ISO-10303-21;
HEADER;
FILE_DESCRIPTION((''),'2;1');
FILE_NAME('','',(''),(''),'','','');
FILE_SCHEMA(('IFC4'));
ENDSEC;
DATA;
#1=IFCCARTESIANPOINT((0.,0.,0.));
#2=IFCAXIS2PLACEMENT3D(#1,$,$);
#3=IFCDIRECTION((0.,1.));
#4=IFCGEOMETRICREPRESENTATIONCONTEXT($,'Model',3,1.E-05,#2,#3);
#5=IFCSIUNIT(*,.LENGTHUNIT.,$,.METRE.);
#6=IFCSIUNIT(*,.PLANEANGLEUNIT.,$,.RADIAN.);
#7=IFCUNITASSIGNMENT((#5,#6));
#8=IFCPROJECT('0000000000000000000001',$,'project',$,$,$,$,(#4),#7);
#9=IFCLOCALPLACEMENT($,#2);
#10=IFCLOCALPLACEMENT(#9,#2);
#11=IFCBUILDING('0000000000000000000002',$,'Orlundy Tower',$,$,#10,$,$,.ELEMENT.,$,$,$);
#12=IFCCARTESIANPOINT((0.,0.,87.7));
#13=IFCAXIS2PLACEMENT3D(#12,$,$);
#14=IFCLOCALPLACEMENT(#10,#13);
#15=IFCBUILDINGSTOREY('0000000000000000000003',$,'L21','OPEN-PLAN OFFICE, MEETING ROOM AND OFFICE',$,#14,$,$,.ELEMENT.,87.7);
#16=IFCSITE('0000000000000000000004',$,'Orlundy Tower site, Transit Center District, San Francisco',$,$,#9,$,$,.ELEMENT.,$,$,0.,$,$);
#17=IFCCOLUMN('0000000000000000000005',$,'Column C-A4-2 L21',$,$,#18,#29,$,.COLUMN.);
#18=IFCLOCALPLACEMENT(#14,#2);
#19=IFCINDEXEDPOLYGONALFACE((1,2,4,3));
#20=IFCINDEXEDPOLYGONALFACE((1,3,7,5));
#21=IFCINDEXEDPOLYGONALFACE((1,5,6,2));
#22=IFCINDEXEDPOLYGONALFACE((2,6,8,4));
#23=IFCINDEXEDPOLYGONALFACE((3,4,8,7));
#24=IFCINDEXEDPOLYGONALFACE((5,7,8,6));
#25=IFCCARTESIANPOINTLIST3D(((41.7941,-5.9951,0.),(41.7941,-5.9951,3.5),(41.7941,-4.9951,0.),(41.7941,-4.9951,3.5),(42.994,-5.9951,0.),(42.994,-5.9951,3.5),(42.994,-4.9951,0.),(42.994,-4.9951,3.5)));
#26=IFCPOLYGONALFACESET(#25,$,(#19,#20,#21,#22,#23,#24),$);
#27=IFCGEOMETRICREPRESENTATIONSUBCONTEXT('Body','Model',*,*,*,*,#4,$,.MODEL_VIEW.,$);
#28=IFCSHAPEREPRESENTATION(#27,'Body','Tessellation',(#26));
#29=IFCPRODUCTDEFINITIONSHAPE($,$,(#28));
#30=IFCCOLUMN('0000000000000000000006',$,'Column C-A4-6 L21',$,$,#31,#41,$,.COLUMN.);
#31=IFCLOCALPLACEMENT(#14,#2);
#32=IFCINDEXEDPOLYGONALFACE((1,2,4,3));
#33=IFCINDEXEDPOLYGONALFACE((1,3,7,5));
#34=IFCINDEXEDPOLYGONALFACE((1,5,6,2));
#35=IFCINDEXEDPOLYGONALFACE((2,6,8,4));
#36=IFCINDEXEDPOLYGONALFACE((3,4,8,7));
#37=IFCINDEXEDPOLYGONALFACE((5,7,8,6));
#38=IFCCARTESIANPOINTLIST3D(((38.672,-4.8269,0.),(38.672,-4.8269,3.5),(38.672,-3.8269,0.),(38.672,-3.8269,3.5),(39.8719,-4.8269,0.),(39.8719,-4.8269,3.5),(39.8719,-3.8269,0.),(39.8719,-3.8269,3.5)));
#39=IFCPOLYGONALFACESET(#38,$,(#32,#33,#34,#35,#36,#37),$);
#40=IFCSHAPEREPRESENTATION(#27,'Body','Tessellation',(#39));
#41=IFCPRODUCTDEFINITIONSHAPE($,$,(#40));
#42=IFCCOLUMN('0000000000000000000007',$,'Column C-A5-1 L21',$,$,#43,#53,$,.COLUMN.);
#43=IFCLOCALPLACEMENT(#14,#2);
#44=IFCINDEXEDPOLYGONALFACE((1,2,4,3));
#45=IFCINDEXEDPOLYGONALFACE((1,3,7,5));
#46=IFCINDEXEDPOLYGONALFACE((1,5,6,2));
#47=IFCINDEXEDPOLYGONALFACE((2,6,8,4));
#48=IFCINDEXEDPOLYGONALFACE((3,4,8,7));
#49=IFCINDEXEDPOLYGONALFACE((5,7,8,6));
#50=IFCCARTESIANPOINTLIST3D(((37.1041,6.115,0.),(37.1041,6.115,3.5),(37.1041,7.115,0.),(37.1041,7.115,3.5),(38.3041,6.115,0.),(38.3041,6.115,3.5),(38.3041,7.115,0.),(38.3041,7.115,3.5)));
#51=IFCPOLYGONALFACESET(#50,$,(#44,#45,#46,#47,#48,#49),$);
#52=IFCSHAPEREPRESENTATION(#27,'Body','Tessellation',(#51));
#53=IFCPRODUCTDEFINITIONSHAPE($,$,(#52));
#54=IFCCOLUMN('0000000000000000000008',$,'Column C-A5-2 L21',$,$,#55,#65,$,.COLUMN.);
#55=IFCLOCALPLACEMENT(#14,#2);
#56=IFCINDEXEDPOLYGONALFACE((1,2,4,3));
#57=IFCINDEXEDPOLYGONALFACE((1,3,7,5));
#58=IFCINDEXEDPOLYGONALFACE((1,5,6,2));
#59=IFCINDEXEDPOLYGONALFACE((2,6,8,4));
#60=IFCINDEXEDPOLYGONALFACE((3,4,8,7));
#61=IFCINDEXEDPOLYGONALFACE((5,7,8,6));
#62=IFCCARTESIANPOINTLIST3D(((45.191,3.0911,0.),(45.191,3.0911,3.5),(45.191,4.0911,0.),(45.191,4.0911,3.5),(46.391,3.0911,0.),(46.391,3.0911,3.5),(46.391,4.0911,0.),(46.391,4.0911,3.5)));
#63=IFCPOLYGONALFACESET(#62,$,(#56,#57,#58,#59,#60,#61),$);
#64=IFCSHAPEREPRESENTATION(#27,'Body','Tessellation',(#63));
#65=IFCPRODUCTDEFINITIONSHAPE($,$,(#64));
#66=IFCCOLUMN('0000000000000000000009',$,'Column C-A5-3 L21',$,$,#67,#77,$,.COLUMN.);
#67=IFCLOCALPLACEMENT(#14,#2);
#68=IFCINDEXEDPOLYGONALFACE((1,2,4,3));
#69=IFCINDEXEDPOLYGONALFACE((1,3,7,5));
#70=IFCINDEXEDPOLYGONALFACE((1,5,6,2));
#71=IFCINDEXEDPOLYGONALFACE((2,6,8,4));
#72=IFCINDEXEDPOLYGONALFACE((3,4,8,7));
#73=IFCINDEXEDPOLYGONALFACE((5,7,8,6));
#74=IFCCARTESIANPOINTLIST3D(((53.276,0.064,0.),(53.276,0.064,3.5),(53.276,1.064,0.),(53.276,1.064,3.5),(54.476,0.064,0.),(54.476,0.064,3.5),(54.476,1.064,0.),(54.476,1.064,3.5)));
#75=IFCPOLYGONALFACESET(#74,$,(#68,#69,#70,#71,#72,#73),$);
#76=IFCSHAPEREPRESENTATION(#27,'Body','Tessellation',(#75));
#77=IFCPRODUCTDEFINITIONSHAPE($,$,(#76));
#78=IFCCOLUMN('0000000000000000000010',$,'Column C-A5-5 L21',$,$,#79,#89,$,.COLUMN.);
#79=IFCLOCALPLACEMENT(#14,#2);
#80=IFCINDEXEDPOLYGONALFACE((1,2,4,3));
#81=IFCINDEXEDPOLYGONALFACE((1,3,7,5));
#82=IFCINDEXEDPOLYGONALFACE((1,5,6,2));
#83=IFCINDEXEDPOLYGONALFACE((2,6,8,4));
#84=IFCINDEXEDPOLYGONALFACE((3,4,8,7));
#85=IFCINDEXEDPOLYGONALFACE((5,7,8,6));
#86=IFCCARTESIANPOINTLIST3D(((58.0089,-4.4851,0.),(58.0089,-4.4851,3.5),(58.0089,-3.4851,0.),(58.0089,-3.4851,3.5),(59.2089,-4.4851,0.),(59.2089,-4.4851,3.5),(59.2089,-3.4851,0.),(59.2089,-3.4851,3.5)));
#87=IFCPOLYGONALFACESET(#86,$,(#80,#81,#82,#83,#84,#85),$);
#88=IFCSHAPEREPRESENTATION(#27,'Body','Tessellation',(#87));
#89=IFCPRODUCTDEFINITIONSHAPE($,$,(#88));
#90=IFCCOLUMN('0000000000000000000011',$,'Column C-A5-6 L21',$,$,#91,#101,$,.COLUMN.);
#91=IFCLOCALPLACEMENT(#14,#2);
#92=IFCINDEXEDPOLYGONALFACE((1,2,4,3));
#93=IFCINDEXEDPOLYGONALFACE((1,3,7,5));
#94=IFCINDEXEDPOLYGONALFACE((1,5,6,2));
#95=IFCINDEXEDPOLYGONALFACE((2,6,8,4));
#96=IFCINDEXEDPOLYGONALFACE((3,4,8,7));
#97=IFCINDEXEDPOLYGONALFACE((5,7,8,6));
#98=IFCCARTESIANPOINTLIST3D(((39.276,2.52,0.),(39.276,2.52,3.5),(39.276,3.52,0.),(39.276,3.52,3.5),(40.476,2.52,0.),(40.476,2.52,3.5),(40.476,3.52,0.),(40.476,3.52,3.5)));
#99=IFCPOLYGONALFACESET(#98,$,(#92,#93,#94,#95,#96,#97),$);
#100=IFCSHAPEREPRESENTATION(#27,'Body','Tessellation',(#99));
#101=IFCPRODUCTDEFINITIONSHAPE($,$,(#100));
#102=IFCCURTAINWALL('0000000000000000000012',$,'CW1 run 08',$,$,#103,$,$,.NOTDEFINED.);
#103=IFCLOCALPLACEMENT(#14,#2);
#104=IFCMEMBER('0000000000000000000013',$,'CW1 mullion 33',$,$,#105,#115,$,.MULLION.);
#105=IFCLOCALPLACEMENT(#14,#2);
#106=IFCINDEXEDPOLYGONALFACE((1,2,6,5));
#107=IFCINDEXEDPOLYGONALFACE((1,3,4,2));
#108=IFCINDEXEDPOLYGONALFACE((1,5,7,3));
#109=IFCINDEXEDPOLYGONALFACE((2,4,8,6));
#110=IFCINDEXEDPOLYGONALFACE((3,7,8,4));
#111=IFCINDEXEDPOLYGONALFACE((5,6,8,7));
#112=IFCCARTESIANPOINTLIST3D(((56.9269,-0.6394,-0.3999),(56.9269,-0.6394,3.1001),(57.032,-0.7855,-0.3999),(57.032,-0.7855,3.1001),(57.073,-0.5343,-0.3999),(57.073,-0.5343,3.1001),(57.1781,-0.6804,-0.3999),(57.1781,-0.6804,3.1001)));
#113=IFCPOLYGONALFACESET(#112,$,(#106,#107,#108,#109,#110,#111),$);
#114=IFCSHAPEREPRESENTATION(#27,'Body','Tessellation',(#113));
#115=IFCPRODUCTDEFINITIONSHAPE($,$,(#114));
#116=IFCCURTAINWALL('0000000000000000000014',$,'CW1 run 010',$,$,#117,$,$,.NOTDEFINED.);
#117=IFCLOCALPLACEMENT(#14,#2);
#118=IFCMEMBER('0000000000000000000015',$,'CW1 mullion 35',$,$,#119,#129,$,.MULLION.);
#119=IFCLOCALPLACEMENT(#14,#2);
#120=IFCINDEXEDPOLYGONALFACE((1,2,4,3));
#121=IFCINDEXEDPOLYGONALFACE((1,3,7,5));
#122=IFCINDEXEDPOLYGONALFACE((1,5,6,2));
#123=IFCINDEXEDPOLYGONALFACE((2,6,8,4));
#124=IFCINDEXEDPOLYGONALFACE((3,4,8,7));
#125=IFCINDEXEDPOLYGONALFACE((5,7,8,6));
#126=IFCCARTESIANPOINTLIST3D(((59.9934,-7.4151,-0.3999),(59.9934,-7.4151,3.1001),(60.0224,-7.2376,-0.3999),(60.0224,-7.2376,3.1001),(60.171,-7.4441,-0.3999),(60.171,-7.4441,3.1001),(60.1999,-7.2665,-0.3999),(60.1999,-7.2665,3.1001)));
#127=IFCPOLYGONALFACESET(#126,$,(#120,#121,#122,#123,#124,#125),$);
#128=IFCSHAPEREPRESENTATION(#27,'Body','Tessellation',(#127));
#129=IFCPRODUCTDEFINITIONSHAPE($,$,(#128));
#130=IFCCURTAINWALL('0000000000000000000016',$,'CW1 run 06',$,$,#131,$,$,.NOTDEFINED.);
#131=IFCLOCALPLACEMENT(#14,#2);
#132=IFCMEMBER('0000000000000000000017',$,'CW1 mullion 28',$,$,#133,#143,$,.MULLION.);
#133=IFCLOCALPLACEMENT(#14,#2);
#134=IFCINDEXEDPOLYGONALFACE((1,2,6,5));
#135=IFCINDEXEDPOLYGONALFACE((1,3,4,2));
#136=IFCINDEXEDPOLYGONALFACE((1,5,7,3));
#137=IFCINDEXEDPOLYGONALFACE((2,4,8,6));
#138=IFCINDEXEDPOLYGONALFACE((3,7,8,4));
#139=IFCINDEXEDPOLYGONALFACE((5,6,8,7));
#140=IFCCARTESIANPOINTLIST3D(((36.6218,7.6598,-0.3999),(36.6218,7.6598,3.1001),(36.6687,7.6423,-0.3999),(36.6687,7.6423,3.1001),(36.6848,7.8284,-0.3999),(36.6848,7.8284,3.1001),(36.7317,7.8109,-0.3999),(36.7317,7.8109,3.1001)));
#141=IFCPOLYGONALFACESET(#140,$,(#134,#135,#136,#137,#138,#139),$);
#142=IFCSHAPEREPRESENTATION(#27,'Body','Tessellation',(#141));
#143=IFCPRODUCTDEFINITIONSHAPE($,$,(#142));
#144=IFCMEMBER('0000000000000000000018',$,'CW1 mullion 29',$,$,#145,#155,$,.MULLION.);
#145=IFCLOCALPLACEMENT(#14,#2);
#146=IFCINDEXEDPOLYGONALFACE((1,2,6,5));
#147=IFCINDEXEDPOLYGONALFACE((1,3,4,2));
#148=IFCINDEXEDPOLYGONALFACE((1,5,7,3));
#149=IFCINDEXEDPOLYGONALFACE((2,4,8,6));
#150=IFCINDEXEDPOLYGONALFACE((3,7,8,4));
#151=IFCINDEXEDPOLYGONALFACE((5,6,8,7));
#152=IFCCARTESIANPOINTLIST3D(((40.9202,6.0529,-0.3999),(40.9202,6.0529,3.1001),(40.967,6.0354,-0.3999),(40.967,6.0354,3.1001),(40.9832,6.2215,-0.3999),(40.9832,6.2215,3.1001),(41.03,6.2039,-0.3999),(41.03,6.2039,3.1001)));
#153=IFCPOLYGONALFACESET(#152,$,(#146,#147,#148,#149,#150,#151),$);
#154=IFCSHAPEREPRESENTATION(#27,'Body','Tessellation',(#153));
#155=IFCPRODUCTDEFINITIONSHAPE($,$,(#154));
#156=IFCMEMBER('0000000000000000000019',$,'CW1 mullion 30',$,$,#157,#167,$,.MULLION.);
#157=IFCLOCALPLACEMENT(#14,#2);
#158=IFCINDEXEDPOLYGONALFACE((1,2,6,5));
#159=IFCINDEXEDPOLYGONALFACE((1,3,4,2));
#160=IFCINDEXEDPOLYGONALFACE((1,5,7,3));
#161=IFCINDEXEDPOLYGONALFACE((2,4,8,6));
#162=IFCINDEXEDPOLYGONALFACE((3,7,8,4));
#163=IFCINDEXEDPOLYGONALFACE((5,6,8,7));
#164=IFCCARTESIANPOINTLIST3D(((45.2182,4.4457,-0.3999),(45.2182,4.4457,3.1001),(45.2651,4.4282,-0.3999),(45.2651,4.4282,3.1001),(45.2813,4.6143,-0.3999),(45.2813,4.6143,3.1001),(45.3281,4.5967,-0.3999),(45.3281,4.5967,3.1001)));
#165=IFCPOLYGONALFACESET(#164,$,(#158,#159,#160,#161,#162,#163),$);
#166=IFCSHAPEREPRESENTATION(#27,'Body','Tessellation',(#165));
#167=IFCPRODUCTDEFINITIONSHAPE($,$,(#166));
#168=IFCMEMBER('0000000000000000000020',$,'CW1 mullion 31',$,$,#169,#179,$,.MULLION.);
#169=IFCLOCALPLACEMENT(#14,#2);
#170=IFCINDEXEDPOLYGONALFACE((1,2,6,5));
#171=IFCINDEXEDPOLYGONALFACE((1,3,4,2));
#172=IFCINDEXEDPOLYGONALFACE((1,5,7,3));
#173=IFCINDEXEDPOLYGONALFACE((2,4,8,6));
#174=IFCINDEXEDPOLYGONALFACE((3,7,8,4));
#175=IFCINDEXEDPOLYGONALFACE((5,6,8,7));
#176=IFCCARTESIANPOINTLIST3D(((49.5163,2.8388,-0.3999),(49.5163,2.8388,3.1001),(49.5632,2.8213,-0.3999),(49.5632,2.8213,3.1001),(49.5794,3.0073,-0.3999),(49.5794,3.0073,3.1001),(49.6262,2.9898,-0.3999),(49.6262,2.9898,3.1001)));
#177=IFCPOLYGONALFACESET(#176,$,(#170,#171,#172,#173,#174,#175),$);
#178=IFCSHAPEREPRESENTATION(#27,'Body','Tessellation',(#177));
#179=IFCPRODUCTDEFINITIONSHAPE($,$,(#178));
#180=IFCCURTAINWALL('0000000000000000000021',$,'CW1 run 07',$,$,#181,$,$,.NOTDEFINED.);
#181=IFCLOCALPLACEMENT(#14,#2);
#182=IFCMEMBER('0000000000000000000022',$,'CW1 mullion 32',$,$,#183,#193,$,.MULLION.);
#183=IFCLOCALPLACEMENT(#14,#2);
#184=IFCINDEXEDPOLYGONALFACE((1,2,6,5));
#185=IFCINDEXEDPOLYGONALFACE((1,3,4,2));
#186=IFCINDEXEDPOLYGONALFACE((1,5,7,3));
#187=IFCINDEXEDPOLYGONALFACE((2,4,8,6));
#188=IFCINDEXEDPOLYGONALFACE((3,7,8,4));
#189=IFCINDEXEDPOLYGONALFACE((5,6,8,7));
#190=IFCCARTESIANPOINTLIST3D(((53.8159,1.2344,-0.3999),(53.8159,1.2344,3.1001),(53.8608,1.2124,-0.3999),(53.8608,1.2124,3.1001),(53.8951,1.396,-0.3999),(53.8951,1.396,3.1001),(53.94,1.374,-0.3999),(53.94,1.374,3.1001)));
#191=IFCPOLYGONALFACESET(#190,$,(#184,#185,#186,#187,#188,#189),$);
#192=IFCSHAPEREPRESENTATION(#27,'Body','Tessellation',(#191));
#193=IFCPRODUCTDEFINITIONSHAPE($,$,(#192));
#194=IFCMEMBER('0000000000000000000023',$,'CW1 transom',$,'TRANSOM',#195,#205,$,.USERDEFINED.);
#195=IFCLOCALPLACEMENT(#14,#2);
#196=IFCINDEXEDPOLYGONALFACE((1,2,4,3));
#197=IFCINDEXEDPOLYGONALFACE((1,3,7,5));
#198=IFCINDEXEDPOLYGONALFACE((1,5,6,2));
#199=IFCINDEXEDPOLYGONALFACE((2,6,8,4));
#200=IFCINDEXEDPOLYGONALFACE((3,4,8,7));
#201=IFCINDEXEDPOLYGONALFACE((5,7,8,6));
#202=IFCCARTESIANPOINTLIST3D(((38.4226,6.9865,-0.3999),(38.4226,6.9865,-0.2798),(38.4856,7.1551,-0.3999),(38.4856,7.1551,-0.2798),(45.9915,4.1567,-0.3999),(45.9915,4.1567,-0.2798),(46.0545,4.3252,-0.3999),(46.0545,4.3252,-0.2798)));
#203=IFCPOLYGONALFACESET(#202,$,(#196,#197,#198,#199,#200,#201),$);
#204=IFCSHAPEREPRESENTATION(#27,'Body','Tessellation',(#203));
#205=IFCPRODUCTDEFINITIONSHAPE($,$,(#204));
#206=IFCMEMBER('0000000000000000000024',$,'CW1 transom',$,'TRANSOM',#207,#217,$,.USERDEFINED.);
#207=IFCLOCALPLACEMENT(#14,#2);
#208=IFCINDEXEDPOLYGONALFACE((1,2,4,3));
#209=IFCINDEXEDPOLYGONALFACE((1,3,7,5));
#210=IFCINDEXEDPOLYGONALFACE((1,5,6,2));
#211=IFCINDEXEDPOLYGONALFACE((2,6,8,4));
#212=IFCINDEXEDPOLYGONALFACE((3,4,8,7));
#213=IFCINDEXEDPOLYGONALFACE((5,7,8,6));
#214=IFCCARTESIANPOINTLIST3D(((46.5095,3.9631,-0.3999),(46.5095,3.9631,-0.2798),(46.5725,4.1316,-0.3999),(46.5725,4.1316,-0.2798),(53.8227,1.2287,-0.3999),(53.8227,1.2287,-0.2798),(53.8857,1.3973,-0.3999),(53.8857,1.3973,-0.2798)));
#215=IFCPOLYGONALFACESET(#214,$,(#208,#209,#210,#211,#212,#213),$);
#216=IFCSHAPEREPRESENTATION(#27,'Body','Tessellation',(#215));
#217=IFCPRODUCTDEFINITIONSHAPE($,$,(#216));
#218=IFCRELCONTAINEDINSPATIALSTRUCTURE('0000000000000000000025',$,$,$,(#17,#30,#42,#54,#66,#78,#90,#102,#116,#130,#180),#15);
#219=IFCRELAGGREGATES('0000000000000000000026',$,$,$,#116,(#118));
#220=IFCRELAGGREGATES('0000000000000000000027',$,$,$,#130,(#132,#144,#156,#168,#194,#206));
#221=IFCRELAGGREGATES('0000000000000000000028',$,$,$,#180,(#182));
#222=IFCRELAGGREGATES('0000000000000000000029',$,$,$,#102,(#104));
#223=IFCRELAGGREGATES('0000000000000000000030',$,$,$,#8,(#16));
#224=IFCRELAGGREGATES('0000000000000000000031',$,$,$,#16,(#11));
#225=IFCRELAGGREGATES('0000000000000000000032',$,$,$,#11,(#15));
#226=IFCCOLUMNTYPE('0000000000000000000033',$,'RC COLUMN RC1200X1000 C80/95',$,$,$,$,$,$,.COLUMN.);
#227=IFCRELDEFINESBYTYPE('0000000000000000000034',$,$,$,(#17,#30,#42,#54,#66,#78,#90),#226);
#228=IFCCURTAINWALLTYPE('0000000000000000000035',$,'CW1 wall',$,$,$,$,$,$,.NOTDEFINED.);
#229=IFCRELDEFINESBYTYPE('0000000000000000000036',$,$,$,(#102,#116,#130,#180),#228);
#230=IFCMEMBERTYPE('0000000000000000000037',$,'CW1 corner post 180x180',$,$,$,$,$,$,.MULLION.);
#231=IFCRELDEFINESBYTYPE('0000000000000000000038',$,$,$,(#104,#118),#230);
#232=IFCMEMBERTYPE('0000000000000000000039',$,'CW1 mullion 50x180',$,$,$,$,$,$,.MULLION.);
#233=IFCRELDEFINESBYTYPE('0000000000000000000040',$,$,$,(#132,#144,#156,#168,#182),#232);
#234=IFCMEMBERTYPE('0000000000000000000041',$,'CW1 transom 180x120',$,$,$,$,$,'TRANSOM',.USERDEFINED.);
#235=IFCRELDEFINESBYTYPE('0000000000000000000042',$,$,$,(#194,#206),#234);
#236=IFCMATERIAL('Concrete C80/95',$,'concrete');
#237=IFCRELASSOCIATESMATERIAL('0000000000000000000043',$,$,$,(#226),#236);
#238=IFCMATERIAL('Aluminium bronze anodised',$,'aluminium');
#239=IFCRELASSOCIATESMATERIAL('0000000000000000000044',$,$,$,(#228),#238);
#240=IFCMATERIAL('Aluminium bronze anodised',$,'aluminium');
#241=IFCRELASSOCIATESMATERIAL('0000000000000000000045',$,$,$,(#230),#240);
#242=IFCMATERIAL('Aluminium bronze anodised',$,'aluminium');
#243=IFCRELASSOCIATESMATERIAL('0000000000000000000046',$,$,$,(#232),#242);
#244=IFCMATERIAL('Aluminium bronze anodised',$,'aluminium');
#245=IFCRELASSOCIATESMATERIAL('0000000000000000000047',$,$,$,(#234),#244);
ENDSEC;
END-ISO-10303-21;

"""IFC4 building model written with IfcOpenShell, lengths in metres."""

from ifc_helpers import new_model, si_unit, direction, frame, origin, origin_2d, place, context, subcontext, project, spatial, rectangle, extrude, material, material_profile, profile_set, type_object, element, aggregate, save


model = new_model("IFC4")

# Units and contexts
model_context = context("Model", 3, precision=1e-05, world=origin(), true_north=direction((0.0, 1.0)))
body_context = subcontext(model_context, "Body", "Model", "MODEL_VIEW")
ifc_project = project(units=[si_unit("LENGTHUNIT", "METRE"), si_unit("PLANEANGLEUNIT", "RADIAN")], contexts=[model_context])

# Site, building, storey
site_placement = place(None, origin())
site = spatial("IfcSite", under=ifc_project, at=site_placement, Name="Orlundy Tower site, Transit Center District, San Francisco", CompositionType="ELEMENT", RefElevation=0.0)
building_placement = place(site_placement, origin())
building = spatial("IfcBuilding", under=site, at=building_placement, Name="Orlundy Tower", CompositionType="ELEMENT")
storey_placement = place(building_placement, frame((0.0, 0.0, 87.7)))
storey = spatial("IfcBuildingStorey", under=building, at=storey_placement, Name="L21", Description="OPEN-PLAN OFFICE, MEETING ROOM AND OFFICE", CompositionType="ELEMENT", Elevation=87.7)

# Columns
ifc_material_1 = material(Name="Concrete C80/95", Category="concrete")
ifc_material_profile_1 = material_profile(ifc_material_1, rectangle(XDim=1.2, YDim=1.0, at=origin_2d()), Name="RC1200X1000")
ifc_profile_set_1 = profile_set([ifc_material_profile_1], Name="Concrete C80/95")
column_type = type_object("IfcColumnType", Name="RC COLUMN RC1200X1000 C80/95", PredefinedType="COLUMN", material=ifc_profile_set_1)
for number, where, z_axis, x_axis, name in (
    (1, (42.394, -5.4951, 0.0), (0.0, 0.0, 1.0), (1.0, 0.0, 0.0), "Column C-A4-2 L21"),
    (2, (39.272, -4.3269, 0.0), (0.0, 0.0, 1.0), (1.0, 0.0, 0.0), "Column C-A4-6 L21"),
    (3, (37.7041, 6.615, 0.0), (0.0, 0.0, 1.0), (1.0, 0.0, 0.0), "Column C-A5-1 L21"),
    (4, (45.791, 3.5911, 0.0), (0.0, 0.0, 1.0), (1.0, 0.0, 0.0), "Column C-A5-2 L21"),
    (5, (53.876, 0.564, 0.0), (0.0, 0.0, 1.0), (1.0, 0.0, 0.0), "Column C-A5-3 L21"),
    (6, (58.6089, -3.9851, 0.0), (0.0, 0.0, 1.0), (1.0, 0.0, 0.0), "Column C-A5-5 L21"),
    (7, (39.876, 3.02, 0.0), (0.0, 0.0, 1.0), (1.0, 0.0, 0.0), "Column C-A5-6 L21"),
):
    element("IfcColumn", number, at=place(storey_placement, frame(where, z_axis=z_axis, x_axis=x_axis)), inside=storey, type_object=column_type, Name=name, PredefinedType="COLUMN", context=body_context, shape_type="SweptSolid", body=[
        extrude(rectangle(XDim=1.2, YDim=1.0, at=origin_2d()), origin(), (0.0, 0.0, 1.0), 3.5),
    ])

# Curtain walls, members
ifc_material_2 = material(Name="Aluminium bronze anodised", Category="aluminium")
curtain_wall_type = type_object("IfcCurtainWallType", Name="CW1 wall", PredefinedType="NOTDEFINED", material=ifc_material_2)
curtain_wall_1_placement = place(storey_placement, origin())
curtain_wall_1 = element("IfcCurtainWall", 8, at=curtain_wall_1_placement, inside=storey, type_object=curtain_wall_type, Name="CW1 run 08", PredefinedType="NOTDEFINED")
ifc_material_3 = material(Name="Aluminium bronze anodised", Category="aluminium")
ifc_material_profile_2 = material_profile(ifc_material_3, rectangle(XDim=0.1799, YDim=0.1799, at=origin_2d()), Name="CW1 corner post 180x180")
ifc_profile_set_2 = profile_set([ifc_material_profile_2], Name="Aluminium bronze anodised")
member_type_1 = type_object("IfcMemberType", Name="CW1 corner post 180x180", PredefinedType="MULLION", material=ifc_profile_set_2)
member_1_placement = place(storey_placement, frame((57.0525, -0.6599, -0.3999), z_axis=(0.0, 0.0, 1.0), x_axis=(0.811724, 0.584042, 0.0)))
member_1 = element("IfcMember", 9, at=member_1_placement, type_object=member_type_1, Name="CW1 mullion 33", PredefinedType="MULLION", context=body_context, shape_type="SweptSolid", body=[
    extrude(rectangle(XDim=0.1799, YDim=0.1799, at=origin_2d()), origin(), (0.0, 0.0, 1.0), 3.5),
])
curtain_wall_2_placement = place(storey_placement, origin())
curtain_wall_2 = element("IfcCurtainWall", 10, at=curtain_wall_2_placement, inside=storey, type_object=curtain_wall_type, Name="CW1 run 010", PredefinedType="NOTDEFINED")
member_2_placement = place(storey_placement, frame((60.0967, -7.3408, -0.3999), z_axis=(0.0, 0.0, 1.0), x_axis=(0.986985, -0.16081, 0.0)))
member_2 = element("IfcMember", 11, at=member_2_placement, type_object=member_type_1, Name="CW1 mullion 35", PredefinedType="MULLION", context=body_context, shape_type="SweptSolid", body=[
    extrude(rectangle(XDim=0.1799, YDim=0.1799, at=origin_2d()), origin(), (0.0, 0.0, 1.0), 3.5),
])

# Curtain wall, members
curtain_wall_3_placement = place(storey_placement, origin())
curtain_wall_3 = element("IfcCurtainWall", 12, at=curtain_wall_3_placement, inside=storey, type_object=curtain_wall_type, Name="CW1 run 06", PredefinedType="NOTDEFINED")
ifc_material_4 = material(Name="Aluminium bronze anodised", Category="aluminium")
ifc_material_profile_3 = material_profile(ifc_material_4, rectangle(XDim=0.1799, YDim=0.05, at=origin_2d()), Name="CW1 mullion 50x180")
ifc_profile_set_3 = profile_set([ifc_material_profile_3], Name="Aluminium bronze anodised")
member_type_2 = type_object("IfcMemberType", Name="CW1 mullion 50x180", PredefinedType="MULLION", material=ifc_profile_set_3)
member_3_placement = place(storey_placement, frame((36.6768, 7.7354, -0.3999), z_axis=(0.0, 0.0, 1.0), x_axis=(0.350204, 0.936674, 0.0)))
member_3 = element("IfcMember", 13, at=member_3_placement, type_object=member_type_2, Name="CW1 mullion 28", PredefinedType="MULLION", context=body_context, shape_type="SweptSolid", body=[
    extrude(rectangle(XDim=0.1799, YDim=0.05, at=origin_2d()), origin(), (0.0, 0.0, 1.0), 3.5),
])
member_4_placement = place(storey_placement, frame((40.9751, 6.1284, -0.3999), z_axis=(0.0, 0.0, 1.0), x_axis=(0.350204, 0.936674, 0.0)))
member_4 = element("IfcMember", 14, at=member_4_placement, type_object=member_type_2, Name="CW1 mullion 29", PredefinedType="MULLION", context=body_context, shape_type="SweptSolid", body=[
    extrude(rectangle(XDim=0.1799, YDim=0.05, at=origin_2d()), origin(), (0.0, 0.0, 1.0), 3.5),
])
member_5_placement = place(storey_placement, frame((45.2732, 4.5212, -0.3999), z_axis=(0.0, 0.0, 1.0), x_axis=(0.350204, 0.936674, 0.0)))
member_5 = element("IfcMember", 15, at=member_5_placement, type_object=member_type_2, Name="CW1 mullion 30", PredefinedType="MULLION", context=body_context, shape_type="SweptSolid", body=[
    extrude(rectangle(XDim=0.1799, YDim=0.05, at=origin_2d()), origin(), (0.0, 0.0, 1.0), 3.5),
])
member_6_placement = place(storey_placement, frame((49.5713, 2.9143, -0.3999), z_axis=(0.0, 0.0, 1.0), x_axis=(0.350204, 0.936674, 0.0)))
member_6 = element("IfcMember", 16, at=member_6_placement, type_object=member_type_2, Name="CW1 mullion 31", PredefinedType="MULLION", context=body_context, shape_type="SweptSolid", body=[
    extrude(rectangle(XDim=0.1799, YDim=0.05, at=origin_2d()), origin(), (0.0, 0.0, 1.0), 3.5),
])

# Curtain wall, member
curtain_wall_4_placement = place(storey_placement, origin())
curtain_wall_4 = element("IfcCurtainWall", 17, at=curtain_wall_4_placement, inside=storey, type_object=curtain_wall_type, Name="CW1 run 07", PredefinedType="NOTDEFINED")
member_7_placement = place(storey_placement, frame((53.8779, 1.3042, -0.3999), z_axis=(0.0, 0.0, 1.0), x_axis=(0.440276, 0.897862, 0.0)))
member_7 = element("IfcMember", 18, at=member_7_placement, type_object=member_type_2, Name="CW1 mullion 32", PredefinedType="MULLION", context=body_context, shape_type="SweptSolid", body=[
    extrude(rectangle(XDim=0.1799, YDim=0.05, at=origin_2d()), origin(), (0.0, 0.0, 1.0), 3.5),
])

# Members
ifc_material_5 = material(Name="Aluminium bronze anodised", Category="aluminium")
ifc_material_profile_4 = material_profile(ifc_material_5, rectangle(XDim=0.1799, YDim=0.1201, at=origin_2d()), Name="CW1 transom 180x120")
ifc_profile_set_4 = profile_set([ifc_material_profile_4], Name="Aluminium bronze anodised")
member_type_3 = type_object("IfcMemberType", Name="CW1 transom 180x120", ElementType="TRANSOM", PredefinedType="USERDEFINED", material=ifc_profile_set_4)
member_8_placement = place(storey_placement, frame((38.4541, 7.0708, -0.3398), z_axis=(0.936674, -0.350203, 0.0), x_axis=(0.350203, 0.936674, 0.0)))
member_8 = element("IfcMember", 19, at=member_8_placement, type_object=member_type_3, Name="CW1 transom", ObjectType="TRANSOM", PredefinedType="USERDEFINED", context=body_context, shape_type="SweptSolid", body=[
    extrude(rectangle(XDim=0.1799, YDim=0.1201, at=origin_2d()), origin(), (0.0, 0.0, 1.0), 8.0806),
])
member_9_placement = place(storey_placement, frame((46.541, 4.0474, -0.3398), z_axis=(0.936669, -0.350215, 0.0), x_axis=(0.350215, 0.936669, 0.0)))
member_9 = element("IfcMember", 20, at=member_9_placement, type_object=member_type_3, Name="CW1 transom", ObjectType="TRANSOM", PredefinedType="USERDEFINED", context=body_context, shape_type="SweptSolid", body=[
    extrude(rectangle(XDim=0.1799, YDim=0.1201, at=origin_2d()), origin(), (0.0, 0.0, 1.0), 7.8076),
])

aggregate(curtain_wall_2, [member_2])

aggregate(curtain_wall_3, [member_3, member_4, member_5, member_6, member_8, member_9])
aggregate(curtain_wall_4, [member_7])
aggregate(curtain_wall_1, [member_1])

save(model, "model.ifc")
